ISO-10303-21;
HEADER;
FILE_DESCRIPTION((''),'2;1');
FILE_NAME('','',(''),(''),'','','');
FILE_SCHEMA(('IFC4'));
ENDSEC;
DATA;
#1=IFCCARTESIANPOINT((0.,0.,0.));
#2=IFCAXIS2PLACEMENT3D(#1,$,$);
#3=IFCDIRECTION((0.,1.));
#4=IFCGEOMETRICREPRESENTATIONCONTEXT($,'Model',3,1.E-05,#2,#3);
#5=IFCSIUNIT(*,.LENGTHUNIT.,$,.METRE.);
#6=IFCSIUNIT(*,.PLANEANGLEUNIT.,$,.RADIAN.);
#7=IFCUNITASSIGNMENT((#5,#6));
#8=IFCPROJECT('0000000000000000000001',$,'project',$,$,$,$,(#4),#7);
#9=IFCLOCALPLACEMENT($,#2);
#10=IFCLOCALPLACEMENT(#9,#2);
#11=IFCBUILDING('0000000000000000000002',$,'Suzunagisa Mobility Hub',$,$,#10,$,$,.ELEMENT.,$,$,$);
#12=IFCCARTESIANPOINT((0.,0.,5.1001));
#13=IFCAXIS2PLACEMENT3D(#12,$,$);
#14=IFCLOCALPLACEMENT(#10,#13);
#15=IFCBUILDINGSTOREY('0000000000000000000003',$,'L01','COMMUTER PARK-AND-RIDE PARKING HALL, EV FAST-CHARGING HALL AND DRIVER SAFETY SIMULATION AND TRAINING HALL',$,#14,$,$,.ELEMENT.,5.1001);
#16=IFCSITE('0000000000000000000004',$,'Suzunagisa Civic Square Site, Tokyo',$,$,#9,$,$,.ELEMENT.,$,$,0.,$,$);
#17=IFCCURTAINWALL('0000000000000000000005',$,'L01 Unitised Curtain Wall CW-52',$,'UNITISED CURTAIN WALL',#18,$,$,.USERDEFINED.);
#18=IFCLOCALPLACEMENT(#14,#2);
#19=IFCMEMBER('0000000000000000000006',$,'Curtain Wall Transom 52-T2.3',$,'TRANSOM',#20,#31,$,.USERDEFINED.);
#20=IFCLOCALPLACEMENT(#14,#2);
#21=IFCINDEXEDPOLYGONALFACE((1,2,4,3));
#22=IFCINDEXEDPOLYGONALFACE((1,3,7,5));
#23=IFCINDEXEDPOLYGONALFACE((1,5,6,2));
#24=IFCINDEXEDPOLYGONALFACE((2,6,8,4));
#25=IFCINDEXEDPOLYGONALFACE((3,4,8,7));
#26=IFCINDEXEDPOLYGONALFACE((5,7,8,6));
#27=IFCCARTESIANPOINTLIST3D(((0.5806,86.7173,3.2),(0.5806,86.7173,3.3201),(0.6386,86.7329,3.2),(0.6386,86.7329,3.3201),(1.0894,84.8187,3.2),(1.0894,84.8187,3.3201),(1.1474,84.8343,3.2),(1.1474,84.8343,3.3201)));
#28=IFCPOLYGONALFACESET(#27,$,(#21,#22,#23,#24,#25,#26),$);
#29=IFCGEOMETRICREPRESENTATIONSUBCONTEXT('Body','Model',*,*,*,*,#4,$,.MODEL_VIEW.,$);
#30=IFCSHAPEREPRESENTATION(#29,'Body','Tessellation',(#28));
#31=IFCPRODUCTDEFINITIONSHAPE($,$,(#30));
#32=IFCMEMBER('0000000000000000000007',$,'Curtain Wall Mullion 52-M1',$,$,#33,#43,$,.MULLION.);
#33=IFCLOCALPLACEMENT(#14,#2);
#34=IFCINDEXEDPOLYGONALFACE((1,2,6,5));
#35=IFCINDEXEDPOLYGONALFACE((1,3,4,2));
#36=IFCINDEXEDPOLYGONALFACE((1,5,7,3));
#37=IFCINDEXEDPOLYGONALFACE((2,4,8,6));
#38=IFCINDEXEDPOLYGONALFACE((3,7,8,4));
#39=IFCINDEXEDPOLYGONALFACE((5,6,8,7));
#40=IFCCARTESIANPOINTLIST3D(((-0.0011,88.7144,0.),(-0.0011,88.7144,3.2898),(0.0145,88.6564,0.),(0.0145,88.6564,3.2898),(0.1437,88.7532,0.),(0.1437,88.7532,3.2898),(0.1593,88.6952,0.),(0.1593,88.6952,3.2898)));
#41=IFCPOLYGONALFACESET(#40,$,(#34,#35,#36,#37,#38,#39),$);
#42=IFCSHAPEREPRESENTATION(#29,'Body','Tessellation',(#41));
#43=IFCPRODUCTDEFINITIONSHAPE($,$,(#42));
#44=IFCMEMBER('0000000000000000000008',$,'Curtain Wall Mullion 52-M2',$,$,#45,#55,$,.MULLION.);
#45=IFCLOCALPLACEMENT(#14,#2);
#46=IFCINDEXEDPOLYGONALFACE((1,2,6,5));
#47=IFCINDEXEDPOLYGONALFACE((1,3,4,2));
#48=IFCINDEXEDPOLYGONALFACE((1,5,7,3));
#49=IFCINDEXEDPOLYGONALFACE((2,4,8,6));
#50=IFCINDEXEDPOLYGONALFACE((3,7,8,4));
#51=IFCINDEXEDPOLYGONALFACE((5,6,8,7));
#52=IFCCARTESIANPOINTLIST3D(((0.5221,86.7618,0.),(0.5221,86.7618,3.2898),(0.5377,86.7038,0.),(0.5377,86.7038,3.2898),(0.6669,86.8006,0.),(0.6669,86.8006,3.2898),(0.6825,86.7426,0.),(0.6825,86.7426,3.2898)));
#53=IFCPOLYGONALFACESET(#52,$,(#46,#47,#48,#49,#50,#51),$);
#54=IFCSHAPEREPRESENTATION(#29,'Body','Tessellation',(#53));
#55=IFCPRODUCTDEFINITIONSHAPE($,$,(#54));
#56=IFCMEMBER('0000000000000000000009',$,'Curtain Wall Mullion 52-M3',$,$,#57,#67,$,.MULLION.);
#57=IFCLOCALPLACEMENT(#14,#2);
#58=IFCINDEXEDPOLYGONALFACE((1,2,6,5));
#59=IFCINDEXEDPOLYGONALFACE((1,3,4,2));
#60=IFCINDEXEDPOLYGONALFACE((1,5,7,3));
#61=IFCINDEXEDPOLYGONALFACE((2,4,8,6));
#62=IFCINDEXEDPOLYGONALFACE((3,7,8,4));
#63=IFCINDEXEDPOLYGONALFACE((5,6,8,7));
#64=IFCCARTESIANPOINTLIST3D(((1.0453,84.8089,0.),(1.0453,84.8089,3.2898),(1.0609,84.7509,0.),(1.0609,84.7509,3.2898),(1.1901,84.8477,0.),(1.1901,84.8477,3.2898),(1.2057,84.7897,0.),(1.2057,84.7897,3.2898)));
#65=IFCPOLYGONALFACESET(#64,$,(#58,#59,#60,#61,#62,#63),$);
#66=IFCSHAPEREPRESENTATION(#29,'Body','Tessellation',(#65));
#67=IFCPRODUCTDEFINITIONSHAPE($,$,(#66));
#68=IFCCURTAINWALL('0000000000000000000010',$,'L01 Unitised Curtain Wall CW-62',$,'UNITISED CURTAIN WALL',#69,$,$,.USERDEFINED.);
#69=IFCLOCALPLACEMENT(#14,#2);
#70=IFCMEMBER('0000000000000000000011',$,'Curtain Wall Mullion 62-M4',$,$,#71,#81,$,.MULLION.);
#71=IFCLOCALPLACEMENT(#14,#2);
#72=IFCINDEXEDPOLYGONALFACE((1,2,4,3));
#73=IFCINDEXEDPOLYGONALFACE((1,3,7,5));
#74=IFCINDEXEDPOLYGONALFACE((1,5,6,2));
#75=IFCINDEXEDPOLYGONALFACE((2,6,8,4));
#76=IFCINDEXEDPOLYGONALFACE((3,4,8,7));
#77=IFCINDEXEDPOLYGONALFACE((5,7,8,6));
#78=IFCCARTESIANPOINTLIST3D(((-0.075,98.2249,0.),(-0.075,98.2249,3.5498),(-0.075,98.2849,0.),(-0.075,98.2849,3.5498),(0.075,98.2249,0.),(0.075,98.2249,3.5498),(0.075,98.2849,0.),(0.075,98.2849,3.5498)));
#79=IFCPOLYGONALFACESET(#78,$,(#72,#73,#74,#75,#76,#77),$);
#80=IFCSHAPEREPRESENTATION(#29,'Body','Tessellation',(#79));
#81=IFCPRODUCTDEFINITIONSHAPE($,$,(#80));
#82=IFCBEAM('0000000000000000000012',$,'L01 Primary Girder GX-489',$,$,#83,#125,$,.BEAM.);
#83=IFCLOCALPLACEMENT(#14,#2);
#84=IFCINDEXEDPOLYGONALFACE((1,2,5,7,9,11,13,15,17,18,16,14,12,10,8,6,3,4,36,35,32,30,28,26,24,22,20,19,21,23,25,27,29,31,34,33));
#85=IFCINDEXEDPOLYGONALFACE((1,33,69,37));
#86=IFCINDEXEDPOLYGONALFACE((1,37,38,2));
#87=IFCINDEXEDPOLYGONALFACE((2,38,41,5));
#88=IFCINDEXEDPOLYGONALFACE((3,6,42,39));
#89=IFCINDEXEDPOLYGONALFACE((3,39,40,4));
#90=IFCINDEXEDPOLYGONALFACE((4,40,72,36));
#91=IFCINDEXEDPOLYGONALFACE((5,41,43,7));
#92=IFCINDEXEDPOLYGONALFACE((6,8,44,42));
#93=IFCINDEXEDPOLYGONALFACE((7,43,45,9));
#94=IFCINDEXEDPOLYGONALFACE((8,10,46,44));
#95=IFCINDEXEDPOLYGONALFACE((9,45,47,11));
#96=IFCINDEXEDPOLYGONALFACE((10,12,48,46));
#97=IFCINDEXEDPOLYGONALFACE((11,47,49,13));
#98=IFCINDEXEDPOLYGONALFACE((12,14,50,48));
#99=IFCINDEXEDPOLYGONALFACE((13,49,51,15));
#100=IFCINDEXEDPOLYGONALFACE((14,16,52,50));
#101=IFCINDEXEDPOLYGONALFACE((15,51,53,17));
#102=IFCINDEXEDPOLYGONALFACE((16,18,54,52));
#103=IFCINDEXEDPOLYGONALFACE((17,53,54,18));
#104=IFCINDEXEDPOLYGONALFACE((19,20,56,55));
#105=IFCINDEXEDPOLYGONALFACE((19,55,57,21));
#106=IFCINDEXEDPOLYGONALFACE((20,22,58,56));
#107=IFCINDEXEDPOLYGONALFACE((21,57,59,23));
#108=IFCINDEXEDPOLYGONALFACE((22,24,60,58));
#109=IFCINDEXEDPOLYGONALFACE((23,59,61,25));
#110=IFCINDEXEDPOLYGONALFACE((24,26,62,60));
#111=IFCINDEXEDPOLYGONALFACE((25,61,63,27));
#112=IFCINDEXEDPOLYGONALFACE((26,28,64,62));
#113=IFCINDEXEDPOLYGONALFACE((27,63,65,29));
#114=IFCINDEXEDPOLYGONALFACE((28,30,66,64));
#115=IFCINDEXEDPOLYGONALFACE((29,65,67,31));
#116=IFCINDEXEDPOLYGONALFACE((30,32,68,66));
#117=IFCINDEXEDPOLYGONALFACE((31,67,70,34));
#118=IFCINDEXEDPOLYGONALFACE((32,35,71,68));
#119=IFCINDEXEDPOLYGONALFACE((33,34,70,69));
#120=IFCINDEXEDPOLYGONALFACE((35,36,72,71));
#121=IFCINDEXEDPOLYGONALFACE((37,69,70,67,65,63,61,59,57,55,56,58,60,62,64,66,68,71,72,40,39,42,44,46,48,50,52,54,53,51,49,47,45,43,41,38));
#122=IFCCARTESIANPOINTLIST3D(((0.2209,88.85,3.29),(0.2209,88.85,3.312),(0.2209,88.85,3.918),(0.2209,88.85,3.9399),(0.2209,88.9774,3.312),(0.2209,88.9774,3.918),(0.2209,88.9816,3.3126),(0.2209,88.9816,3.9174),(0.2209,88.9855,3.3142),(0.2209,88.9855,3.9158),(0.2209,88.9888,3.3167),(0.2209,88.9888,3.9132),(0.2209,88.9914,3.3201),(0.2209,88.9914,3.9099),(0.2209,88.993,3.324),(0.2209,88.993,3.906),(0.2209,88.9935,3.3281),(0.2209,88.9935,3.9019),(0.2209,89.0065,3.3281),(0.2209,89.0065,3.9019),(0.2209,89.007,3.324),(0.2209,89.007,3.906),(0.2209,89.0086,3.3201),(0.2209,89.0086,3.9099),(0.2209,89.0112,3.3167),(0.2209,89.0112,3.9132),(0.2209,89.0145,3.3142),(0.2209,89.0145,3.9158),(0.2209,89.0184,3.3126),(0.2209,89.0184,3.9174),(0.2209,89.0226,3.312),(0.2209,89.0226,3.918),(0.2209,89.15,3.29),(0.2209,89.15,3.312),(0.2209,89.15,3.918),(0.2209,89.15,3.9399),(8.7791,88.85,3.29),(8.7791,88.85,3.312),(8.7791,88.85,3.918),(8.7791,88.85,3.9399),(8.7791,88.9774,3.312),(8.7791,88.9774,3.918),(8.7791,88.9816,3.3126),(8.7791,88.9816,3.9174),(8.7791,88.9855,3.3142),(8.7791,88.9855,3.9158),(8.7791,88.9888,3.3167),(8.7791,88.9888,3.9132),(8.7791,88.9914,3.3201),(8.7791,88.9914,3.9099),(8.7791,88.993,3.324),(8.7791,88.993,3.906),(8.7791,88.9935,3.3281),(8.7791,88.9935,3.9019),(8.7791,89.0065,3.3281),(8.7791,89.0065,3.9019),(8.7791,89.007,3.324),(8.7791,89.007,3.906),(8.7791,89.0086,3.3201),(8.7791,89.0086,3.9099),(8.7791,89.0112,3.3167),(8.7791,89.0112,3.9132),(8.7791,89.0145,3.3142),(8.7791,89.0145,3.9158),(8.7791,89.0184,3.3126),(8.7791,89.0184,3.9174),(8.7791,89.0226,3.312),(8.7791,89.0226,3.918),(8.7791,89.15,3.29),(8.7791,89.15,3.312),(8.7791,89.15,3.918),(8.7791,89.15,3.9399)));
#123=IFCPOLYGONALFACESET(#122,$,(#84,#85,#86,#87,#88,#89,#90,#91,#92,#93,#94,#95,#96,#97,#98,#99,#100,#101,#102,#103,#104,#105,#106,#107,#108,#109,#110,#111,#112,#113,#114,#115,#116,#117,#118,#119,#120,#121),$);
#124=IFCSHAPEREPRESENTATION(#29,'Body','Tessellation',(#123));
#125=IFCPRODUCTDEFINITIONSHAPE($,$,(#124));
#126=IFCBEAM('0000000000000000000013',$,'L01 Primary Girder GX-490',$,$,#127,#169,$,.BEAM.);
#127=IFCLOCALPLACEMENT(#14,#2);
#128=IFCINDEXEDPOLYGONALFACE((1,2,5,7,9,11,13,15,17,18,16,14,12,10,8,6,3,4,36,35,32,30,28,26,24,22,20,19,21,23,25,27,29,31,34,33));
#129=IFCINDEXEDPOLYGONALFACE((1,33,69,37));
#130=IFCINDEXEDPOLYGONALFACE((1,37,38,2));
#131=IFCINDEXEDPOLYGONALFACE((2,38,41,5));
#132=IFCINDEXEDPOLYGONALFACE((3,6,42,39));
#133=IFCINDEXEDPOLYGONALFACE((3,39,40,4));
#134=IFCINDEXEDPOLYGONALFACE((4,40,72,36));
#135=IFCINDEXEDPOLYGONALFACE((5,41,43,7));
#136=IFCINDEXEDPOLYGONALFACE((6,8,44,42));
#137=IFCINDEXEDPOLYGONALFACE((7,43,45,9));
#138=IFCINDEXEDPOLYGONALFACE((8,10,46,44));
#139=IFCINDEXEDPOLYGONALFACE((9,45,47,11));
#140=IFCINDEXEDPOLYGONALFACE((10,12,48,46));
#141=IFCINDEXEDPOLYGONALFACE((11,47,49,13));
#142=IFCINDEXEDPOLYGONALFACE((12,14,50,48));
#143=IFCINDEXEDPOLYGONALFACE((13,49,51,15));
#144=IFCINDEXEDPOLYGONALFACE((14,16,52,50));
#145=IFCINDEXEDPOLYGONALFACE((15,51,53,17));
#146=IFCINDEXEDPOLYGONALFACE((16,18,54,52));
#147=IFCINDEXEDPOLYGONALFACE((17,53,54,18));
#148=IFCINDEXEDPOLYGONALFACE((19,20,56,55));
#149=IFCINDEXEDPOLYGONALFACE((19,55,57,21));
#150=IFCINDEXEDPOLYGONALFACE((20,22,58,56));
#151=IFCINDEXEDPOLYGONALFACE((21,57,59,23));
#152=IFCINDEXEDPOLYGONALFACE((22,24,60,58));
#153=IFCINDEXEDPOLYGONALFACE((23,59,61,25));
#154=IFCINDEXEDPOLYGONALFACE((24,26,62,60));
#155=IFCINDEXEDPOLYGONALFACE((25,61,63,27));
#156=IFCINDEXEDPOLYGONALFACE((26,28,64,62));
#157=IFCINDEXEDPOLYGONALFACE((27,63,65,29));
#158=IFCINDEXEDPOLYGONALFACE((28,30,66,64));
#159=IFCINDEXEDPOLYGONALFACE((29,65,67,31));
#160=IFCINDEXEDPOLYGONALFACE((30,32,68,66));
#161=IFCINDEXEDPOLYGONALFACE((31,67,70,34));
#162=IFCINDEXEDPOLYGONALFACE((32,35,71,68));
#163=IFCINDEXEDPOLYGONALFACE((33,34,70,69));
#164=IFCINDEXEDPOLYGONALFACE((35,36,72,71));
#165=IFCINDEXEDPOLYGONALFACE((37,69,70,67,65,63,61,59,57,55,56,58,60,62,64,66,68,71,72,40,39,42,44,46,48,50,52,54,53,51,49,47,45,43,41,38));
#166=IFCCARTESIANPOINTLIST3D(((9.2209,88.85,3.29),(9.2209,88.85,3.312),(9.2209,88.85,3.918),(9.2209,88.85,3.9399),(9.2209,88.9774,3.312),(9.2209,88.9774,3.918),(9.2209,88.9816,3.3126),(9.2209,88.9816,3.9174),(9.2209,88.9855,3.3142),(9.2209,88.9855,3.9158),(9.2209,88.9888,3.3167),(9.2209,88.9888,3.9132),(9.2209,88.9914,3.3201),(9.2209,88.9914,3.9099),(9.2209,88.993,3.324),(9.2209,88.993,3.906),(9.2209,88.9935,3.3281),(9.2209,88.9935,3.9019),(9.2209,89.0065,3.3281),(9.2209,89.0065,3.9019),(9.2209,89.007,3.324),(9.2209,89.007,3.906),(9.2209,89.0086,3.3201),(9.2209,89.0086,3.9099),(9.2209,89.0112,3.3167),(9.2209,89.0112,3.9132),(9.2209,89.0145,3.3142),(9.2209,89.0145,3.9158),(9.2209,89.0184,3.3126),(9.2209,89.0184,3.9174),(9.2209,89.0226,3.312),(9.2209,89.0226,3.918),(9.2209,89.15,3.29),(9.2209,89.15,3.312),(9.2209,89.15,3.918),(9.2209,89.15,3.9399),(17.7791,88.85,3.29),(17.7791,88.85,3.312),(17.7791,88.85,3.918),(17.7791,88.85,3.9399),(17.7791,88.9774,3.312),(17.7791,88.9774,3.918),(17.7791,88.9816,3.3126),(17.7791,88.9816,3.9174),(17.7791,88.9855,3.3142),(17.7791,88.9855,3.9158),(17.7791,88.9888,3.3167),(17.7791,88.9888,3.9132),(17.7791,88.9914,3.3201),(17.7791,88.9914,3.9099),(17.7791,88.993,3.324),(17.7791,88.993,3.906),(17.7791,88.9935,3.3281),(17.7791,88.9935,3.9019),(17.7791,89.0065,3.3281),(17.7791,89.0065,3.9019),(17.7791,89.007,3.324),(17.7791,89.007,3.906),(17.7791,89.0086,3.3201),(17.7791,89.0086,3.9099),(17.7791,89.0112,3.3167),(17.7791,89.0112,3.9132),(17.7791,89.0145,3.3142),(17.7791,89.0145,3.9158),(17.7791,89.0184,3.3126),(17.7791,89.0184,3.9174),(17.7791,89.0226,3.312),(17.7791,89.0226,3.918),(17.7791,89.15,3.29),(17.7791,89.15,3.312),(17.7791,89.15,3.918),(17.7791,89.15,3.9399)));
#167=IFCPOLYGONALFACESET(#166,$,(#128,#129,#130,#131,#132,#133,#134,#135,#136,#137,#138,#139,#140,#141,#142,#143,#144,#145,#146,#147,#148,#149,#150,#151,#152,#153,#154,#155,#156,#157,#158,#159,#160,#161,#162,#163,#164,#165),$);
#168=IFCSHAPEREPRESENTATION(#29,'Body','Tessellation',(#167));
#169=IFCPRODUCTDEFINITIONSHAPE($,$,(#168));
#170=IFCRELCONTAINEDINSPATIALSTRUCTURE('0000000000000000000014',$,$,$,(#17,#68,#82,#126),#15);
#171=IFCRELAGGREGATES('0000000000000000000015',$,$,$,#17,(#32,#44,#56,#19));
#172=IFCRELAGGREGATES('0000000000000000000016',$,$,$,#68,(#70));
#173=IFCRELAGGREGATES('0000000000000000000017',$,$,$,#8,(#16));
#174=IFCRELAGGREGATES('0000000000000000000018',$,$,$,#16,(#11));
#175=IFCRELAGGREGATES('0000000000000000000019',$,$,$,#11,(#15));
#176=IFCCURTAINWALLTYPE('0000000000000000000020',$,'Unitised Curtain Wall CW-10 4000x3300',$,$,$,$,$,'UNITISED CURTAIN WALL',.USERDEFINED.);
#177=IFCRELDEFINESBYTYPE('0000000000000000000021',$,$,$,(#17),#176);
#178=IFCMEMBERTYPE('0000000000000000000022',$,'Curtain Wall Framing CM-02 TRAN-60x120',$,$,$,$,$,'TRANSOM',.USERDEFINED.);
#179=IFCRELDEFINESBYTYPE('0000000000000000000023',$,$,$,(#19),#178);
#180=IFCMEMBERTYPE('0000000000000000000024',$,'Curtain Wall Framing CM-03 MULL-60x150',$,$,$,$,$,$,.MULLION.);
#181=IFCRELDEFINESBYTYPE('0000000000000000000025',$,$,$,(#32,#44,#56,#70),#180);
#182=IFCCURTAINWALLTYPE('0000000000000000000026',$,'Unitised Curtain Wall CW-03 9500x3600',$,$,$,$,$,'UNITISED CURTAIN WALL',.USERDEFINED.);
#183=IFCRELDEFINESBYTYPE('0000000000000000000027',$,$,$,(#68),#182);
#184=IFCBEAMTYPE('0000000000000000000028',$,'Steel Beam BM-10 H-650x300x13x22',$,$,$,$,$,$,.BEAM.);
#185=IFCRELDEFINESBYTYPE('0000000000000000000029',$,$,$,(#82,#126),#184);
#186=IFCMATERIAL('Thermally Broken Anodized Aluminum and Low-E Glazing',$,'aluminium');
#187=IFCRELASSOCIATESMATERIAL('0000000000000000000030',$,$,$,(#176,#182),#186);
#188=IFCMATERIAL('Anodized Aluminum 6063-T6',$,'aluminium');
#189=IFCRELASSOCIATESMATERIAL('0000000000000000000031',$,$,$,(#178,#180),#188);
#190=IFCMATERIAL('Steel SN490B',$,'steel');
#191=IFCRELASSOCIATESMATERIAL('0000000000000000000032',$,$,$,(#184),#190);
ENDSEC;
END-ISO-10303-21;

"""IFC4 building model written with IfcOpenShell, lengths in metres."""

from ifc_helpers import new_model, si_unit, direction, frame, origin, origin_2d, place, context, subcontext, project, spatial, rectangle, i_section, extrude, material, material_profile, profile_set, type_object, element, aggregate, save


model = new_model("IFC4")

# Units and contexts
model_context = context("Model", 3, precision=1e-05, world=origin(), true_north=direction((0.0, 1.0)))
body_context = subcontext(model_context, "Body", "Model", "MODEL_VIEW")
ifc_project = project(units=[si_unit("LENGTHUNIT", "METRE"), si_unit("PLANEANGLEUNIT", "RADIAN")], contexts=[model_context])

# Site, building, storey
site_placement = place(None, origin())
site = spatial("IfcSite", under=ifc_project, at=site_placement, Name="Suzunagisa Civic Square Site, Tokyo", CompositionType="ELEMENT", RefElevation=0.0)
building_placement = place(site_placement, origin())
building = spatial("IfcBuilding", under=site, at=building_placement, Name="Suzunagisa Mobility Hub", CompositionType="ELEMENT")
storey_placement = place(building_placement, frame((0.0, 0.0, 5.1001)))
storey = spatial("IfcBuildingStorey", under=building, at=storey_placement, Name="L01", Description="COMMUTER PARK-AND-RIDE PARKING HALL, EV FAST-CHARGING HALL AND DRIVER SAFETY SIMULATION AND TRAINING HALL", CompositionType="ELEMENT", Elevation=5.1001)

# Shared definitions
ifc_material_1 = material(Name="Steel SN490B", Category="steel")

# Curtain wall, members
ifc_material_2 = material(Name="Thermally Broken Anodized Aluminum and Low-E Glazing", Category="aluminium")
curtain_wall_type_1 = type_object("IfcCurtainWallType", Name="Unitised Curtain Wall CW-10 4000x3300", ElementType="UNITISED CURTAIN WALL", PredefinedType="USERDEFINED", material=ifc_material_2)
curtain_wall_1_placement = place(storey_placement, origin())
curtain_wall_1 = element("IfcCurtainWall", 1, at=curtain_wall_1_placement, inside=storey, type_object=curtain_wall_type_1, Name="L01 Unitised Curtain Wall CW-52", ObjectType="UNITISED CURTAIN WALL", PredefinedType="USERDEFINED")
ifc_material_3 = material(Name="Anodized Aluminum 6063-T6", Category="aluminium")
ifc_material_profile_1 = material_profile(ifc_material_3, rectangle(XDim=0.0601, YDim=0.1201, at=origin_2d()), Name="TRAN-60x120")
ifc_profile_set_1 = profile_set([ifc_material_profile_1], Name="Anodized Aluminum 6063-T6")
member_type_1 = type_object("IfcMemberType", Name="Curtain Wall Framing CM-02 TRAN-60x120", ElementType="TRANSOM", PredefinedType="USERDEFINED", material=ifc_profile_set_1)
member_1_placement = place(storey_placement, frame((0.6096, 86.7251, 3.26), z_axis=(0.258837, -0.965921, 0.0), x_axis=(0.965921, 0.258837, 0.0)))
member_1 = element("IfcMember", 2, at=member_1_placement, type_object=member_type_1, Name="Curtain Wall Transom 52-T2.3", ObjectType="TRANSOM", PredefinedType="USERDEFINED", context=body_context, shape_type="SweptSolid", body=[
    extrude(rectangle(XDim=0.0601, YDim=0.1201, at=origin_2d()), origin(), (0.0, 0.0, 1.0), 1.9656),
])
ifc_material_profile_2 = material_profile(ifc_material_3, rectangle(XDim=0.0601, YDim=0.1499, at=origin_2d()), Name="MULL-60x150")
ifc_profile_set_2 = profile_set([ifc_material_profile_2], Name="Anodized Aluminum 6063-T6")
member_type_2 = type_object("IfcMemberType", Name="Curtain Wall Framing CM-03 MULL-60x150", PredefinedType="MULLION", material=ifc_profile_set_2)
member_2_placement = place(storey_placement, frame((0.0791, 88.7048, 0.0), z_axis=(0.0, 0.0, 1.0), x_axis=(0.258821, -0.965925, 0.0)))
member_2 = element("IfcMember", 3, at=member_2_placement, type_object=member_type_2, Name="Curtain Wall Mullion 52-M1", PredefinedType="MULLION", context=body_context, shape_type="SweptSolid", body=[
    extrude(rectangle(XDim=0.0601, YDim=0.1499, at=origin_2d()), origin(), (0.0, 0.0, 1.0), 3.2898),
])
member_3_placement = place(storey_placement, frame((0.6023, 86.7522, 0.0), z_axis=(0.0, 0.0, 1.0), x_axis=(0.258821, -0.965925, 0.0)))
member_3 = element("IfcMember", 4, at=member_3_placement, type_object=member_type_2, Name="Curtain Wall Mullion 52-M2", PredefinedType="MULLION", context=body_context, shape_type="SweptSolid", body=[
    extrude(rectangle(XDim=0.0601, YDim=0.1499, at=origin_2d()), origin(), (0.0, 0.0, 1.0), 3.2898),
])
member_4_placement = place(storey_placement, frame((1.1255, 84.7993, 0.0), z_axis=(0.0, 0.0, 1.0), x_axis=(0.258821, -0.965925, 0.0)))
member_4 = element("IfcMember", 5, at=member_4_placement, type_object=member_type_2, Name="Curtain Wall Mullion 52-M3", PredefinedType="MULLION", context=body_context, shape_type="SweptSolid", body=[
    extrude(rectangle(XDim=0.0601, YDim=0.1499, at=origin_2d()), origin(), (0.0, 0.0, 1.0), 3.2898),
])

# Curtain wall, member
curtain_wall_type_2 = type_object("IfcCurtainWallType", Name="Unitised Curtain Wall CW-03 9500x3600", ElementType="UNITISED CURTAIN WALL", PredefinedType="USERDEFINED", material=ifc_material_2)
curtain_wall_2_placement = place(storey_placement, origin())
curtain_wall_2 = element("IfcCurtainWall", 6, at=curtain_wall_2_placement, inside=storey, type_object=curtain_wall_type_2, Name="L01 Unitised Curtain Wall CW-62", ObjectType="UNITISED CURTAIN WALL", PredefinedType="USERDEFINED")
member_5_placement = place(storey_placement, frame((0.0, 98.2549, 0.0), z_axis=(0.0, 0.0, 1.0), x_axis=(0.0, -1.0, 0.0)))
member_5 = element("IfcMember", 7, at=member_5_placement, type_object=member_type_2, Name="Curtain Wall Mullion 62-M4", PredefinedType="MULLION", context=body_context, shape_type="SweptSolid", body=[
    extrude(rectangle(XDim=0.0601, YDim=0.1499, at=origin_2d()), origin(), (0.0, 0.0, 1.0), 3.5498),
])

# Beams
ifc_material_profile_3 = material_profile(ifc_material_1, i_section(OverallWidth=0.3, OverallDepth=0.6499, WebThickness=0.0129, FlangeThickness=0.022, FilletRadius=0.0161, at=origin_2d()), Name="H-650x300x13x22")
ifc_profile_set_3 = profile_set([ifc_material_profile_3], Name="Steel SN490B")
beam_type_1 = type_object("IfcBeamType", Name="Steel Beam BM-10 H-650x300x13x22", PredefinedType="BEAM", material=ifc_profile_set_3)
for number, where, z_axis, x_axis, name in (
    (8, (0.2209, 89.0, 3.615), (1.0, 0.0, 0.0), (0.0, 1.0, 0.0), "L01 Primary Girder GX-489"),
    (9, (9.2209, 89.0, 3.615), (1.0, 0.0, 0.0), (0.0, 1.0, 0.0), "L01 Primary Girder GX-490"),
):
    element("IfcBeam", number, at=place(storey_placement, frame(where, z_axis=z_axis, x_axis=x_axis)), inside=storey, type_object=beam_type_1, Name=name, PredefinedType="BEAM", context=body_context, shape_type="SweptSolid", body=[
        extrude(i_section(OverallWidth=0.3, OverallDepth=0.6499, WebThickness=0.0129, FlangeThickness=0.022, FilletRadius=0.0161, at=origin_2d()), origin(), (0.0, 0.0, 1.0), 8.5581),
    ])

aggregate(curtain_wall_1, [member_2, member_3, member_4, member_1])
aggregate(curtain_wall_2, [member_5])

save(model, "model.ifc")
